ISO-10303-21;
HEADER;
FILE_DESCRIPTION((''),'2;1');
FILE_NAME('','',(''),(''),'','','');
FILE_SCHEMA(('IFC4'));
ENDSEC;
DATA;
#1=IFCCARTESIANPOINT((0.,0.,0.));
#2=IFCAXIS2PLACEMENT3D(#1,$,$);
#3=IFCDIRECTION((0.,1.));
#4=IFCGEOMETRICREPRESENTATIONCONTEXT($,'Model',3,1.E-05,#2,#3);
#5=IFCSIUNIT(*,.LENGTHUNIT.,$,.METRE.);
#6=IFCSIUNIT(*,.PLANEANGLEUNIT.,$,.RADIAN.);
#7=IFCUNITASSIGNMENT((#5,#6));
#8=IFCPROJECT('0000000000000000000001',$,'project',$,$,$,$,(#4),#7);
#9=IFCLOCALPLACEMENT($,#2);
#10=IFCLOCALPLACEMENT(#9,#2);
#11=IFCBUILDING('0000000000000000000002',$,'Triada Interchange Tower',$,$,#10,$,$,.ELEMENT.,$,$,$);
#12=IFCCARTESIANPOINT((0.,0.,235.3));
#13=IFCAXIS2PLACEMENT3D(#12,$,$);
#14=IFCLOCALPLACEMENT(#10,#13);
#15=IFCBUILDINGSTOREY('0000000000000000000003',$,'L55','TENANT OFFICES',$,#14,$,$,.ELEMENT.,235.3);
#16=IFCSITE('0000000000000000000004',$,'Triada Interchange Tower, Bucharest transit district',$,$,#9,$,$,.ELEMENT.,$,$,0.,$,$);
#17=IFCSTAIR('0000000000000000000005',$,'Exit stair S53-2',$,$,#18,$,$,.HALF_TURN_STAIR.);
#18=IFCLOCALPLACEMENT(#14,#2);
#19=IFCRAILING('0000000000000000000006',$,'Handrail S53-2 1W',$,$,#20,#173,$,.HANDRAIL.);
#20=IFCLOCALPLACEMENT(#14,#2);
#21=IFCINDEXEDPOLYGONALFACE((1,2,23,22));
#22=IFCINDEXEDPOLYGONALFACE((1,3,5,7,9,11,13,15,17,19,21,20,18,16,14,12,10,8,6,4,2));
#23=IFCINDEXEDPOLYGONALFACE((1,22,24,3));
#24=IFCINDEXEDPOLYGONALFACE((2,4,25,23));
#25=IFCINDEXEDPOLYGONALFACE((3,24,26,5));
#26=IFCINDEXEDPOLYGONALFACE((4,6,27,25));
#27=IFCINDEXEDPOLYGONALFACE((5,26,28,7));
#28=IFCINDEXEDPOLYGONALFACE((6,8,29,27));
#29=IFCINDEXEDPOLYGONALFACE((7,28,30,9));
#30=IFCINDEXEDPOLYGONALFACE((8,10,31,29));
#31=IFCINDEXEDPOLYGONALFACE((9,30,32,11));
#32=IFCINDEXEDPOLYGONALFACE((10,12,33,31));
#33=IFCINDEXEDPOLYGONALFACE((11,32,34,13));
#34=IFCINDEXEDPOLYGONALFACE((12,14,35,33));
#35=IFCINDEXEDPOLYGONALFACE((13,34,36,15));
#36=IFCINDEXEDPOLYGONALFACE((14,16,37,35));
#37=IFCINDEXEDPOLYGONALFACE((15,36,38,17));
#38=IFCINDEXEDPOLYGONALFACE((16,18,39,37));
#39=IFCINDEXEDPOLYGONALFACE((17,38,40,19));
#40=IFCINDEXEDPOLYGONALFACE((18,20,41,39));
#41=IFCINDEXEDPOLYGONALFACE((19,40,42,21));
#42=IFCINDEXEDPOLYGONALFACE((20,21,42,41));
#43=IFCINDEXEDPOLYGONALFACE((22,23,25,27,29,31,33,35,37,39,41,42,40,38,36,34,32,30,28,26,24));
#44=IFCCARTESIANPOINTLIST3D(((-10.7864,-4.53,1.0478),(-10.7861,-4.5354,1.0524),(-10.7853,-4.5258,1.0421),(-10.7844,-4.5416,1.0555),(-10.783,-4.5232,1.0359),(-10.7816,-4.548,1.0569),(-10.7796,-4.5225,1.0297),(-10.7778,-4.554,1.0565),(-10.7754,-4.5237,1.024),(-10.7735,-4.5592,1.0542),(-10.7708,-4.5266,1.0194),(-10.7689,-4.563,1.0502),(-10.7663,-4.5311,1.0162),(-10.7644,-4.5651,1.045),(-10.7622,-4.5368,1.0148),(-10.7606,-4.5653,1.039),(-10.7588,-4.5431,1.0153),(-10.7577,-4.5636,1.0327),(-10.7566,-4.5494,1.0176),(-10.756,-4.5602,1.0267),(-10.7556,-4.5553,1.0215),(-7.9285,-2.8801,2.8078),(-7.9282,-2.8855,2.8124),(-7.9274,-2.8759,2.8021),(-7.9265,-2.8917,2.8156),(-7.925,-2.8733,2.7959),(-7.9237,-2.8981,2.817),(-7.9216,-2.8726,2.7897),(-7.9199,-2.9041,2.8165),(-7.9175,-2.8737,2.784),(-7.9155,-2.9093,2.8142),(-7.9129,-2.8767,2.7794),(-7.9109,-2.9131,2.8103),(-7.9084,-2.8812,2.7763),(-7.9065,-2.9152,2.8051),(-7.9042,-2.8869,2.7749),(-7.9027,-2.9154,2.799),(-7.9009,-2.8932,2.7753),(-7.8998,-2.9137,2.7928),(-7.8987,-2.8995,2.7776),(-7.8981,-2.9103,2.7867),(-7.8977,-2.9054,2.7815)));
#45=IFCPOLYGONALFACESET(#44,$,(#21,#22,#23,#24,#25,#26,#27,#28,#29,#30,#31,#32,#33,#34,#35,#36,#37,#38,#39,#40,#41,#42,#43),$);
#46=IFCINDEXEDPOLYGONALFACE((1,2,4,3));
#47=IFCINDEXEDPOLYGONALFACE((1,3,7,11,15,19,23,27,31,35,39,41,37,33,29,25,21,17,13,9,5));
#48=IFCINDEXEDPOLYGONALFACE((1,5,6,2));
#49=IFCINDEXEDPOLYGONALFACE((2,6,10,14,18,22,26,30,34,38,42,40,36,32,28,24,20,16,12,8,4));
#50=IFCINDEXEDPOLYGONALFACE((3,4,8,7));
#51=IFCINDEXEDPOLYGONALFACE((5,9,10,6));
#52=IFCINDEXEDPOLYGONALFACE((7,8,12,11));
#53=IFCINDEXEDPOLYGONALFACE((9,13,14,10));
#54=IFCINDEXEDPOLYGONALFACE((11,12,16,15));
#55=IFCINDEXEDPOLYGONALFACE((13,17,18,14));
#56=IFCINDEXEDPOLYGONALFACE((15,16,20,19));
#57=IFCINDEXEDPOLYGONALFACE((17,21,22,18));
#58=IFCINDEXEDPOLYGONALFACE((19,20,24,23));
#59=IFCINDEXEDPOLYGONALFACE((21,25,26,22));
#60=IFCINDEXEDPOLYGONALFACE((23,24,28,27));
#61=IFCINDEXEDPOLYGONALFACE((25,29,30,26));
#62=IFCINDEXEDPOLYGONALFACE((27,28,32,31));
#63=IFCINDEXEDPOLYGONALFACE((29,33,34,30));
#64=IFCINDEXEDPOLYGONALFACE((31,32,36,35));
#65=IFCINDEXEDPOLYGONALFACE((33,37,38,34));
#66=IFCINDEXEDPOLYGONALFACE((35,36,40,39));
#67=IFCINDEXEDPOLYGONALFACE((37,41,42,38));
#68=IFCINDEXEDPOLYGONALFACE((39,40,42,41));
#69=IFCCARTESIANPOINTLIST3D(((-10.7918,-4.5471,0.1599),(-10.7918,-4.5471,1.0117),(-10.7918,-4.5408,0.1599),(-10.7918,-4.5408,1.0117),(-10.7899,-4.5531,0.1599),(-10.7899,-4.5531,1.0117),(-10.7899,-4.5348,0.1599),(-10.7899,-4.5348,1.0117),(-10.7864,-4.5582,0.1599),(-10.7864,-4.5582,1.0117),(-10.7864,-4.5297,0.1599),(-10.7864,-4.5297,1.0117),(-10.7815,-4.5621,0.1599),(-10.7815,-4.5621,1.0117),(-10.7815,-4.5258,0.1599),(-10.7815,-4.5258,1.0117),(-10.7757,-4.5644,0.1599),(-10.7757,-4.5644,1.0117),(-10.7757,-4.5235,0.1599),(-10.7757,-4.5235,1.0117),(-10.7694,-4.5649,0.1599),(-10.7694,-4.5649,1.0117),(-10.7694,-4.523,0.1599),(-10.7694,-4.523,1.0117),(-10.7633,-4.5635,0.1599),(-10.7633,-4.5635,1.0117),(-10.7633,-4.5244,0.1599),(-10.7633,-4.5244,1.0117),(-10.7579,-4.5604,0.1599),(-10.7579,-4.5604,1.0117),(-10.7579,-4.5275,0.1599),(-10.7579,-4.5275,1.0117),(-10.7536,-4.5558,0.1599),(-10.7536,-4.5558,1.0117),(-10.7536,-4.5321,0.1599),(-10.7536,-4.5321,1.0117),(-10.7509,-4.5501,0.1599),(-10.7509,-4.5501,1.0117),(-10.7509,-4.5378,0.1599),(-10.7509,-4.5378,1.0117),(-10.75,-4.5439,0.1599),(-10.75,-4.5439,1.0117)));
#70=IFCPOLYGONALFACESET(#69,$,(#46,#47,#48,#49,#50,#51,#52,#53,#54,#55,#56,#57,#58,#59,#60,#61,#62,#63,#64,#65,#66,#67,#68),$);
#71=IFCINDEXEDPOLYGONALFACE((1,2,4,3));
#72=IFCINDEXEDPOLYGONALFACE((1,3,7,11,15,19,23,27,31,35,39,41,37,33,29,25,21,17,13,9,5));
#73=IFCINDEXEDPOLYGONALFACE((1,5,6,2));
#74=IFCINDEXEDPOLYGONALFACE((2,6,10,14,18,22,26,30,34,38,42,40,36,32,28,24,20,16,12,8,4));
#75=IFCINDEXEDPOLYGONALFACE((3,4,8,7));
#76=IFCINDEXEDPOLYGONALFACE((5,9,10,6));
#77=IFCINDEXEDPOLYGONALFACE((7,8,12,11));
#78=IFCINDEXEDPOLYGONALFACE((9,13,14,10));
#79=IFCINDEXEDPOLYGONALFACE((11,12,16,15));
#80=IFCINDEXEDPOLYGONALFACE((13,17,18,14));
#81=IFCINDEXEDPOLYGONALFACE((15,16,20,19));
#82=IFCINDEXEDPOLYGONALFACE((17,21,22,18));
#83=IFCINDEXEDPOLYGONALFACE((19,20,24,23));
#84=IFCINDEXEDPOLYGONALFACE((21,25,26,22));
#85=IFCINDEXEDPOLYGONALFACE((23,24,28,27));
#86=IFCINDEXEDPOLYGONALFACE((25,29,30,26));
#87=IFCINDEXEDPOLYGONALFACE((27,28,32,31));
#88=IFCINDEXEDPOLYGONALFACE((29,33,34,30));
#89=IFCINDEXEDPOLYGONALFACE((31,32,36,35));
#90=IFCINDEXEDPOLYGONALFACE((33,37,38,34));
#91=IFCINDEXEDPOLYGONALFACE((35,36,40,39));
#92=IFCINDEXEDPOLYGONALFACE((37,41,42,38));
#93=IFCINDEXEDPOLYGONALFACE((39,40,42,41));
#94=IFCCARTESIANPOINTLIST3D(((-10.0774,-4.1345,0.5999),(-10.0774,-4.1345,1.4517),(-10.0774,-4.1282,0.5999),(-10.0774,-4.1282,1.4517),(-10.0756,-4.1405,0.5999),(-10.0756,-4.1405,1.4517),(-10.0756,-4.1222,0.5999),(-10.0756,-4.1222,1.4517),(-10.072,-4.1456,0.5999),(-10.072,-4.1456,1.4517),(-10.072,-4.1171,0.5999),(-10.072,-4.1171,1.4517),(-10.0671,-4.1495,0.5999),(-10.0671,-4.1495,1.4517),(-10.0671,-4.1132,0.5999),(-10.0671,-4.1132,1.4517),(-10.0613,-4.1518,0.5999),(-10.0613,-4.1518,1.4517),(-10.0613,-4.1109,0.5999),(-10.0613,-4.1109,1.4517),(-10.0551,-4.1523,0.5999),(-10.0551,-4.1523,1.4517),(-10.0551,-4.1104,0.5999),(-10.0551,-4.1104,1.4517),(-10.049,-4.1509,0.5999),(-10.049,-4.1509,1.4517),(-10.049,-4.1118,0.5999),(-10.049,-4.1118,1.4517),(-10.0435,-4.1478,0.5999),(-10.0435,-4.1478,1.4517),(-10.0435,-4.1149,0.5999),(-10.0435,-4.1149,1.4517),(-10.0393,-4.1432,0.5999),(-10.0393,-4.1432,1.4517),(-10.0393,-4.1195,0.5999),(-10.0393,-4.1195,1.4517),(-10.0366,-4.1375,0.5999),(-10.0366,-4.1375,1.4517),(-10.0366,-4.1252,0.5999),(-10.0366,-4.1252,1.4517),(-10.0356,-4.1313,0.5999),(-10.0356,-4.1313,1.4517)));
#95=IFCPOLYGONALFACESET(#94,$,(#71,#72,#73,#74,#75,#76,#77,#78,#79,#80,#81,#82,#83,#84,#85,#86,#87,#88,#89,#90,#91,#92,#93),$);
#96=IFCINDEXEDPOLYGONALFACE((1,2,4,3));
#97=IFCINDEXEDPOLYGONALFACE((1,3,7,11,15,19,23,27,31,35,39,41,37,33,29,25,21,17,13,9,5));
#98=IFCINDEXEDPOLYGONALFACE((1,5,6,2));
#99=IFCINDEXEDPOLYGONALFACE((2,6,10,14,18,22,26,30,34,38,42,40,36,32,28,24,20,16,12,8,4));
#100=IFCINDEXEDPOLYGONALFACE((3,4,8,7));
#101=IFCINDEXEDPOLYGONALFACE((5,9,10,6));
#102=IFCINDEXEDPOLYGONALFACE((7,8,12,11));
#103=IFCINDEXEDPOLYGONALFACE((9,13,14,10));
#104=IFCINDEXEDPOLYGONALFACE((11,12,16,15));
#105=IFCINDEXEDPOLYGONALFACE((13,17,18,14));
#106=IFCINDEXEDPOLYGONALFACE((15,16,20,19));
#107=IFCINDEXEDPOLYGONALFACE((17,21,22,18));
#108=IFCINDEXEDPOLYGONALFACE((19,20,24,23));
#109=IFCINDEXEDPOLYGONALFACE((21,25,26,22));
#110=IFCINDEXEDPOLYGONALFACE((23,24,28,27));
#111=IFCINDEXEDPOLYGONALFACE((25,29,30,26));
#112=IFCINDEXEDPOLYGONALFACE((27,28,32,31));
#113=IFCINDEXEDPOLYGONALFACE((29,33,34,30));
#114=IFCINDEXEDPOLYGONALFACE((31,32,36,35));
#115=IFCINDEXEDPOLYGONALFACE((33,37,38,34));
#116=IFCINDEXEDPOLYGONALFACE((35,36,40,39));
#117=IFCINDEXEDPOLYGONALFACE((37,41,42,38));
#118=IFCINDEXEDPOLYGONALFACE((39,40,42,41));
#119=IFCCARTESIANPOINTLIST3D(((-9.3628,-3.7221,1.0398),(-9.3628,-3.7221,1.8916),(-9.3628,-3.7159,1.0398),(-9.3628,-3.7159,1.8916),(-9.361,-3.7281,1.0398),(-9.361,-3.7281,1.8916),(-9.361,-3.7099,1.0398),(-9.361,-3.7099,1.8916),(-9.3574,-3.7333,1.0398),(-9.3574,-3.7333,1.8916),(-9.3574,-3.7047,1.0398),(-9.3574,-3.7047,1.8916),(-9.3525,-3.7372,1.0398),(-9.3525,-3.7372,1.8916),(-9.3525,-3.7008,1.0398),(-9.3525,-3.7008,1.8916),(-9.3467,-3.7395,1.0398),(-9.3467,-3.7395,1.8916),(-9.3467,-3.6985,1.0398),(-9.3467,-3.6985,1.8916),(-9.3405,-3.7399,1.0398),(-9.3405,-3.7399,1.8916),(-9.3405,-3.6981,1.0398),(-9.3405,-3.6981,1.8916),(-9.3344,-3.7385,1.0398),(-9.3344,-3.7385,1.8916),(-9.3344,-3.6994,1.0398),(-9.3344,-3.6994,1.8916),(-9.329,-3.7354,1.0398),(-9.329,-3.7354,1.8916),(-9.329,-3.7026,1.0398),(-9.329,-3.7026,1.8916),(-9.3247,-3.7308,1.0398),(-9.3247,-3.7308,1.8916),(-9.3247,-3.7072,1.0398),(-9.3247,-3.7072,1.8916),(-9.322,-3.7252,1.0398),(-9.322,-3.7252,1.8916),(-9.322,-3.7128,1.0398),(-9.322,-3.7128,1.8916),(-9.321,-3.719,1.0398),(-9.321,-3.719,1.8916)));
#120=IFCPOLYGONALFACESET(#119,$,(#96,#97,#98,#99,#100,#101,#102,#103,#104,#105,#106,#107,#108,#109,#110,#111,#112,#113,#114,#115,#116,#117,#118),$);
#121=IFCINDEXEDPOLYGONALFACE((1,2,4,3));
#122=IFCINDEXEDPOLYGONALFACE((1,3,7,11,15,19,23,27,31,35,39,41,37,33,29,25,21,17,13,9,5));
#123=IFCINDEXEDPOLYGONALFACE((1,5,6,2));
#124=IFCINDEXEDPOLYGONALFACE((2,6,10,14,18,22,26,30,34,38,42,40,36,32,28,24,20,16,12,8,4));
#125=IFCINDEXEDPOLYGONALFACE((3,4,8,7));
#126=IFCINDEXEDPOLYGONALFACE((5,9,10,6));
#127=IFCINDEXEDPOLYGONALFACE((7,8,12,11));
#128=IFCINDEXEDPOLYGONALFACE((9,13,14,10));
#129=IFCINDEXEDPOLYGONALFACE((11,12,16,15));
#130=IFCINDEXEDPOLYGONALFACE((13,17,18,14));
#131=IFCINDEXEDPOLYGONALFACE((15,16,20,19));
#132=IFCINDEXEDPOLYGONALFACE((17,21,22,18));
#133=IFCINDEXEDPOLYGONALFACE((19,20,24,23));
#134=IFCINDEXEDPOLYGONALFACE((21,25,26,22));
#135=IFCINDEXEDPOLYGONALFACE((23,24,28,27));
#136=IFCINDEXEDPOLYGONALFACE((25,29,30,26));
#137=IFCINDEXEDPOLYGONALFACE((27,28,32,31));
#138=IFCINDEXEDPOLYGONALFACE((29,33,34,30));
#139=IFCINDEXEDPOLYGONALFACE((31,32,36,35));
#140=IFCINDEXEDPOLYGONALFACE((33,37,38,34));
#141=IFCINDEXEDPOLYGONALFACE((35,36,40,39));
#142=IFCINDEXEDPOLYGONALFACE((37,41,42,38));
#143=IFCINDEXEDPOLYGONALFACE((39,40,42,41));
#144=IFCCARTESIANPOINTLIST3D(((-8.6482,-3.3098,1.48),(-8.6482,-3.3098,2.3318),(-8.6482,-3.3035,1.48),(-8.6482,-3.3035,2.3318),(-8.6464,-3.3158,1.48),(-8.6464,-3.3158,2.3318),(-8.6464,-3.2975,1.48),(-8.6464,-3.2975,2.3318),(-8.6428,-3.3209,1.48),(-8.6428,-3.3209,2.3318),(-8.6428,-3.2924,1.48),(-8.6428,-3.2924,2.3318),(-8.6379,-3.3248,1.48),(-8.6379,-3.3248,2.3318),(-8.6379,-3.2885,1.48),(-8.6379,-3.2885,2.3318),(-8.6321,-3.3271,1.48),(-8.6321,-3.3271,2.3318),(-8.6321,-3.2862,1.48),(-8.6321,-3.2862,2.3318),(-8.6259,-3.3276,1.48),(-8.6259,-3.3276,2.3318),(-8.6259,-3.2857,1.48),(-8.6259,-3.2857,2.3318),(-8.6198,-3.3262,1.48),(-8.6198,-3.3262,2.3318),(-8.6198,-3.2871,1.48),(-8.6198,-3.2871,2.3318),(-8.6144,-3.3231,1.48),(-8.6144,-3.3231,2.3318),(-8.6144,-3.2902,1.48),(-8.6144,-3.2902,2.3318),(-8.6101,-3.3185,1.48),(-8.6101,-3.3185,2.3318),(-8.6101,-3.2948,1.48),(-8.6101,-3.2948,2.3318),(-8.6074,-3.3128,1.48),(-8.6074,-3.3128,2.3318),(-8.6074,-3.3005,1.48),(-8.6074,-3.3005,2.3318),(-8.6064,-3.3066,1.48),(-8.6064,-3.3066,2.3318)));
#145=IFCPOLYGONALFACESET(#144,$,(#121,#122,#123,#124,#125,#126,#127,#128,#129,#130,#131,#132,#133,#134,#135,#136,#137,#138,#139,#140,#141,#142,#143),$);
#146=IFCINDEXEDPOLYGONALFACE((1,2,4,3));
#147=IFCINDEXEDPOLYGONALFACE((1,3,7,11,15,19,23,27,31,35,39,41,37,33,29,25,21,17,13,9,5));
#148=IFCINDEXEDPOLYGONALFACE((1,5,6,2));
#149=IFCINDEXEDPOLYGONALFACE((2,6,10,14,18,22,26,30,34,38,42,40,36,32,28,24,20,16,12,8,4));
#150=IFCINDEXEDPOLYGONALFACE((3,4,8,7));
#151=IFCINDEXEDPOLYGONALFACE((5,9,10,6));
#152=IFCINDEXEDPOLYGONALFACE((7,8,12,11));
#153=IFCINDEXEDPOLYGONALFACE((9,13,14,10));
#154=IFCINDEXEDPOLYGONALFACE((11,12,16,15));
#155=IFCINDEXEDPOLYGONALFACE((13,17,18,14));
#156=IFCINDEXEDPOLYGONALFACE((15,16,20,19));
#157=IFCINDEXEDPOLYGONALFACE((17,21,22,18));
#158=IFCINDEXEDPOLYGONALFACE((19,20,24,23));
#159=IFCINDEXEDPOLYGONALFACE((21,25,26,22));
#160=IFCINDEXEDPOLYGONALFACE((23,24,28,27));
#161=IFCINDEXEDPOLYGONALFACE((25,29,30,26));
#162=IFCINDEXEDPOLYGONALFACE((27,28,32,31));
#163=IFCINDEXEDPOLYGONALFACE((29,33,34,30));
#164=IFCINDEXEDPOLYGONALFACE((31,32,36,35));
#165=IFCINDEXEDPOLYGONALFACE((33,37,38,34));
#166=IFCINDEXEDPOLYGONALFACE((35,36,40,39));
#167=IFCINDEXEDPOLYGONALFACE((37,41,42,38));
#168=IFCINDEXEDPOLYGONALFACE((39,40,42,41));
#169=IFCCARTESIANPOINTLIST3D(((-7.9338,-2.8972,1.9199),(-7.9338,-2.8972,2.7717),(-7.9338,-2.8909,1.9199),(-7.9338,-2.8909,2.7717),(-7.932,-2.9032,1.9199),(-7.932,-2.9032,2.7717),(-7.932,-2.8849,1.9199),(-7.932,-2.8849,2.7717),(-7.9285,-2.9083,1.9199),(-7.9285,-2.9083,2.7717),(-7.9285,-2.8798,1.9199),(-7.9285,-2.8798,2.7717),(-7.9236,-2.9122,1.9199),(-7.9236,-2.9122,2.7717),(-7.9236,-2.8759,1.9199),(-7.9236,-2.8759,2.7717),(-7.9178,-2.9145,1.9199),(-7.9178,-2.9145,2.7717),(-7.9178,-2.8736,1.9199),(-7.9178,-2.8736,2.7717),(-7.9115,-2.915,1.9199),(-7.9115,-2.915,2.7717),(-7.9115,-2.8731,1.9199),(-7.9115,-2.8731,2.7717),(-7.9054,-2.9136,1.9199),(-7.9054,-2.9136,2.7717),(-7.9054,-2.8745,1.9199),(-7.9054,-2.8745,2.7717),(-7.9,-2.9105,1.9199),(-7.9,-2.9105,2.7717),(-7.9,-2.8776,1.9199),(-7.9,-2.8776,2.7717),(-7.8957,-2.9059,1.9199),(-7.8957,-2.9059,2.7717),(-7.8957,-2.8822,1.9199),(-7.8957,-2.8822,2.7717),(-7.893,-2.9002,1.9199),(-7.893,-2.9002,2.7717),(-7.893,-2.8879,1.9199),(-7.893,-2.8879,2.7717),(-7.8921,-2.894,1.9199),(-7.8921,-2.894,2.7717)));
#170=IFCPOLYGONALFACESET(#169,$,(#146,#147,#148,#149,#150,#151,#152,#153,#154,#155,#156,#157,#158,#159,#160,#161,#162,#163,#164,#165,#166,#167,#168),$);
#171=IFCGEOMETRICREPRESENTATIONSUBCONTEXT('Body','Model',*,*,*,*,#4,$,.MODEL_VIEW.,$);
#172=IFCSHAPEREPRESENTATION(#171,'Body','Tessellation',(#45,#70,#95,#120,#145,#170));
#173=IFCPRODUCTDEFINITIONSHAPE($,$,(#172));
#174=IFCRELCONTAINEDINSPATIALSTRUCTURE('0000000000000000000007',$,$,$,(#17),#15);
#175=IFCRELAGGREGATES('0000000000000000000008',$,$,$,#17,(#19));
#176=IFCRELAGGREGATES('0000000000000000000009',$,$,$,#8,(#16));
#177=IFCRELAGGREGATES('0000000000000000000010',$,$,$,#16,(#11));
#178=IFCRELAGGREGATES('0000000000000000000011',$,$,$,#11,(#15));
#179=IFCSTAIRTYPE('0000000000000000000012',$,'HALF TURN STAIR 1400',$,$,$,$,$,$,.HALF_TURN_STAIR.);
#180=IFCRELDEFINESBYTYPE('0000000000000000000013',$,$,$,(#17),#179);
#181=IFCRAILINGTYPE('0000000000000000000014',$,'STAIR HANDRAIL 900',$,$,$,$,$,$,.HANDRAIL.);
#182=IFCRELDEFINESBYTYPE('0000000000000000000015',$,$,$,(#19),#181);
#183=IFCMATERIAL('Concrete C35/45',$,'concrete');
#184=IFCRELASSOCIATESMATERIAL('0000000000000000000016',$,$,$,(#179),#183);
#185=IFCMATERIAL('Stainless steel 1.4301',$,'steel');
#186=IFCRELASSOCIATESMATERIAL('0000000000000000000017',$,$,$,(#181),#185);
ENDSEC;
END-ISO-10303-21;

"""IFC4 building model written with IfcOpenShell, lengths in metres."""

from ifc_helpers import new_model, si_unit, direction, frame, origin, origin_2d, place, context, subcontext, project, spatial, circle, extrude, material, type_object, element, aggregate, save


model = new_model("IFC4")

# Units and contexts
model_context = context("Model", 3, precision=1e-05, world=origin(), true_north=direction((0.0, 1.0)))
body_context = subcontext(model_context, "Body", "Model", "MODEL_VIEW")
ifc_project = project(units=[si_unit("LENGTHUNIT", "METRE"), si_unit("PLANEANGLEUNIT", "RADIAN")], contexts=[model_context])

# Site, building, storey
site_placement = place(None, origin())
site = spatial("IfcSite", under=ifc_project, at=site_placement, Name="Triada Interchange Tower, Bucharest transit district", CompositionType="ELEMENT", RefElevation=0.0)
building_placement = place(site_placement, origin())
building = spatial("IfcBuilding", under=site, at=building_placement, Name="Triada Interchange Tower", CompositionType="ELEMENT")
storey_placement = place(building_placement, frame((0.0, 0.0, 235.3)))
storey = spatial("IfcBuildingStorey", under=building, at=storey_placement, Name="L55", Description="TENANT OFFICES", CompositionType="ELEMENT", Elevation=235.3)

# Stair
ifc_material_1 = material(Name="Concrete C35/45", Category="concrete")
stair_type = type_object("IfcStairType", Name="HALF TURN STAIR 1400", PredefinedType="HALF_TURN_STAIR", material=ifc_material_1)
stair_placement = place(storey_placement, origin())
stair = element("IfcStair", 1, at=stair_placement, inside=storey, type_object=stair_type, Name="Exit stair S53-2", PredefinedType="HALF_TURN_STAIR")

# Railing
ifc_material_2 = material(Name="Stainless steel 1.4301", Category="steel")
railing_type = type_object("IfcRailingType", Name="STAIR HANDRAIL 900", PredefinedType="HANDRAIL", material=ifc_material_2)
railing_1_placement = place(storey_placement, frame((-10.771, -4.5439, 0.1599)))
railing_1 = element("IfcRailing", 2, at=railing_1_placement, type_object=railing_type, Name="Handrail S53-2 1W", PredefinedType="HANDRAIL", context=body_context, shape_type="SweptSolid", body=[
    extrude(circle(Radius=0.0239, at=origin_2d()), frame((0.0, 0.0, 0.876), z_axis=(0.764151, 0.441153, 0.470593), x_axis=(-0.499974, 0.86604, 0.0)), (0.0, 0.0, 1.0), 3.74),
    extrude(circle(Radius=0.021, at=origin_2d()), origin(), (0.0, 0.0, 1.0), 0.8518),
    extrude(circle(Radius=0.021, at=origin_2d()), frame((0.7144, 0.4126, 0.4399)), (0.0, 0.0, 1.0), 0.8518),
    extrude(circle(Radius=0.021, at=origin_2d()), frame((1.429, 0.825, 0.8799)), (0.0, 0.0, 1.0), 0.8518),
    extrude(circle(Radius=0.021, at=origin_2d()), frame((2.1436, 1.2373, 1.3201)), (0.0, 0.0, 1.0), 0.8518),
    extrude(circle(Radius=0.021, at=origin_2d()), frame((2.8579, 1.6499, 1.76)), (0.0, 0.0, 1.0), 0.8518),
])
aggregate(stair, [railing_1])

save(model, "model.ifc")
